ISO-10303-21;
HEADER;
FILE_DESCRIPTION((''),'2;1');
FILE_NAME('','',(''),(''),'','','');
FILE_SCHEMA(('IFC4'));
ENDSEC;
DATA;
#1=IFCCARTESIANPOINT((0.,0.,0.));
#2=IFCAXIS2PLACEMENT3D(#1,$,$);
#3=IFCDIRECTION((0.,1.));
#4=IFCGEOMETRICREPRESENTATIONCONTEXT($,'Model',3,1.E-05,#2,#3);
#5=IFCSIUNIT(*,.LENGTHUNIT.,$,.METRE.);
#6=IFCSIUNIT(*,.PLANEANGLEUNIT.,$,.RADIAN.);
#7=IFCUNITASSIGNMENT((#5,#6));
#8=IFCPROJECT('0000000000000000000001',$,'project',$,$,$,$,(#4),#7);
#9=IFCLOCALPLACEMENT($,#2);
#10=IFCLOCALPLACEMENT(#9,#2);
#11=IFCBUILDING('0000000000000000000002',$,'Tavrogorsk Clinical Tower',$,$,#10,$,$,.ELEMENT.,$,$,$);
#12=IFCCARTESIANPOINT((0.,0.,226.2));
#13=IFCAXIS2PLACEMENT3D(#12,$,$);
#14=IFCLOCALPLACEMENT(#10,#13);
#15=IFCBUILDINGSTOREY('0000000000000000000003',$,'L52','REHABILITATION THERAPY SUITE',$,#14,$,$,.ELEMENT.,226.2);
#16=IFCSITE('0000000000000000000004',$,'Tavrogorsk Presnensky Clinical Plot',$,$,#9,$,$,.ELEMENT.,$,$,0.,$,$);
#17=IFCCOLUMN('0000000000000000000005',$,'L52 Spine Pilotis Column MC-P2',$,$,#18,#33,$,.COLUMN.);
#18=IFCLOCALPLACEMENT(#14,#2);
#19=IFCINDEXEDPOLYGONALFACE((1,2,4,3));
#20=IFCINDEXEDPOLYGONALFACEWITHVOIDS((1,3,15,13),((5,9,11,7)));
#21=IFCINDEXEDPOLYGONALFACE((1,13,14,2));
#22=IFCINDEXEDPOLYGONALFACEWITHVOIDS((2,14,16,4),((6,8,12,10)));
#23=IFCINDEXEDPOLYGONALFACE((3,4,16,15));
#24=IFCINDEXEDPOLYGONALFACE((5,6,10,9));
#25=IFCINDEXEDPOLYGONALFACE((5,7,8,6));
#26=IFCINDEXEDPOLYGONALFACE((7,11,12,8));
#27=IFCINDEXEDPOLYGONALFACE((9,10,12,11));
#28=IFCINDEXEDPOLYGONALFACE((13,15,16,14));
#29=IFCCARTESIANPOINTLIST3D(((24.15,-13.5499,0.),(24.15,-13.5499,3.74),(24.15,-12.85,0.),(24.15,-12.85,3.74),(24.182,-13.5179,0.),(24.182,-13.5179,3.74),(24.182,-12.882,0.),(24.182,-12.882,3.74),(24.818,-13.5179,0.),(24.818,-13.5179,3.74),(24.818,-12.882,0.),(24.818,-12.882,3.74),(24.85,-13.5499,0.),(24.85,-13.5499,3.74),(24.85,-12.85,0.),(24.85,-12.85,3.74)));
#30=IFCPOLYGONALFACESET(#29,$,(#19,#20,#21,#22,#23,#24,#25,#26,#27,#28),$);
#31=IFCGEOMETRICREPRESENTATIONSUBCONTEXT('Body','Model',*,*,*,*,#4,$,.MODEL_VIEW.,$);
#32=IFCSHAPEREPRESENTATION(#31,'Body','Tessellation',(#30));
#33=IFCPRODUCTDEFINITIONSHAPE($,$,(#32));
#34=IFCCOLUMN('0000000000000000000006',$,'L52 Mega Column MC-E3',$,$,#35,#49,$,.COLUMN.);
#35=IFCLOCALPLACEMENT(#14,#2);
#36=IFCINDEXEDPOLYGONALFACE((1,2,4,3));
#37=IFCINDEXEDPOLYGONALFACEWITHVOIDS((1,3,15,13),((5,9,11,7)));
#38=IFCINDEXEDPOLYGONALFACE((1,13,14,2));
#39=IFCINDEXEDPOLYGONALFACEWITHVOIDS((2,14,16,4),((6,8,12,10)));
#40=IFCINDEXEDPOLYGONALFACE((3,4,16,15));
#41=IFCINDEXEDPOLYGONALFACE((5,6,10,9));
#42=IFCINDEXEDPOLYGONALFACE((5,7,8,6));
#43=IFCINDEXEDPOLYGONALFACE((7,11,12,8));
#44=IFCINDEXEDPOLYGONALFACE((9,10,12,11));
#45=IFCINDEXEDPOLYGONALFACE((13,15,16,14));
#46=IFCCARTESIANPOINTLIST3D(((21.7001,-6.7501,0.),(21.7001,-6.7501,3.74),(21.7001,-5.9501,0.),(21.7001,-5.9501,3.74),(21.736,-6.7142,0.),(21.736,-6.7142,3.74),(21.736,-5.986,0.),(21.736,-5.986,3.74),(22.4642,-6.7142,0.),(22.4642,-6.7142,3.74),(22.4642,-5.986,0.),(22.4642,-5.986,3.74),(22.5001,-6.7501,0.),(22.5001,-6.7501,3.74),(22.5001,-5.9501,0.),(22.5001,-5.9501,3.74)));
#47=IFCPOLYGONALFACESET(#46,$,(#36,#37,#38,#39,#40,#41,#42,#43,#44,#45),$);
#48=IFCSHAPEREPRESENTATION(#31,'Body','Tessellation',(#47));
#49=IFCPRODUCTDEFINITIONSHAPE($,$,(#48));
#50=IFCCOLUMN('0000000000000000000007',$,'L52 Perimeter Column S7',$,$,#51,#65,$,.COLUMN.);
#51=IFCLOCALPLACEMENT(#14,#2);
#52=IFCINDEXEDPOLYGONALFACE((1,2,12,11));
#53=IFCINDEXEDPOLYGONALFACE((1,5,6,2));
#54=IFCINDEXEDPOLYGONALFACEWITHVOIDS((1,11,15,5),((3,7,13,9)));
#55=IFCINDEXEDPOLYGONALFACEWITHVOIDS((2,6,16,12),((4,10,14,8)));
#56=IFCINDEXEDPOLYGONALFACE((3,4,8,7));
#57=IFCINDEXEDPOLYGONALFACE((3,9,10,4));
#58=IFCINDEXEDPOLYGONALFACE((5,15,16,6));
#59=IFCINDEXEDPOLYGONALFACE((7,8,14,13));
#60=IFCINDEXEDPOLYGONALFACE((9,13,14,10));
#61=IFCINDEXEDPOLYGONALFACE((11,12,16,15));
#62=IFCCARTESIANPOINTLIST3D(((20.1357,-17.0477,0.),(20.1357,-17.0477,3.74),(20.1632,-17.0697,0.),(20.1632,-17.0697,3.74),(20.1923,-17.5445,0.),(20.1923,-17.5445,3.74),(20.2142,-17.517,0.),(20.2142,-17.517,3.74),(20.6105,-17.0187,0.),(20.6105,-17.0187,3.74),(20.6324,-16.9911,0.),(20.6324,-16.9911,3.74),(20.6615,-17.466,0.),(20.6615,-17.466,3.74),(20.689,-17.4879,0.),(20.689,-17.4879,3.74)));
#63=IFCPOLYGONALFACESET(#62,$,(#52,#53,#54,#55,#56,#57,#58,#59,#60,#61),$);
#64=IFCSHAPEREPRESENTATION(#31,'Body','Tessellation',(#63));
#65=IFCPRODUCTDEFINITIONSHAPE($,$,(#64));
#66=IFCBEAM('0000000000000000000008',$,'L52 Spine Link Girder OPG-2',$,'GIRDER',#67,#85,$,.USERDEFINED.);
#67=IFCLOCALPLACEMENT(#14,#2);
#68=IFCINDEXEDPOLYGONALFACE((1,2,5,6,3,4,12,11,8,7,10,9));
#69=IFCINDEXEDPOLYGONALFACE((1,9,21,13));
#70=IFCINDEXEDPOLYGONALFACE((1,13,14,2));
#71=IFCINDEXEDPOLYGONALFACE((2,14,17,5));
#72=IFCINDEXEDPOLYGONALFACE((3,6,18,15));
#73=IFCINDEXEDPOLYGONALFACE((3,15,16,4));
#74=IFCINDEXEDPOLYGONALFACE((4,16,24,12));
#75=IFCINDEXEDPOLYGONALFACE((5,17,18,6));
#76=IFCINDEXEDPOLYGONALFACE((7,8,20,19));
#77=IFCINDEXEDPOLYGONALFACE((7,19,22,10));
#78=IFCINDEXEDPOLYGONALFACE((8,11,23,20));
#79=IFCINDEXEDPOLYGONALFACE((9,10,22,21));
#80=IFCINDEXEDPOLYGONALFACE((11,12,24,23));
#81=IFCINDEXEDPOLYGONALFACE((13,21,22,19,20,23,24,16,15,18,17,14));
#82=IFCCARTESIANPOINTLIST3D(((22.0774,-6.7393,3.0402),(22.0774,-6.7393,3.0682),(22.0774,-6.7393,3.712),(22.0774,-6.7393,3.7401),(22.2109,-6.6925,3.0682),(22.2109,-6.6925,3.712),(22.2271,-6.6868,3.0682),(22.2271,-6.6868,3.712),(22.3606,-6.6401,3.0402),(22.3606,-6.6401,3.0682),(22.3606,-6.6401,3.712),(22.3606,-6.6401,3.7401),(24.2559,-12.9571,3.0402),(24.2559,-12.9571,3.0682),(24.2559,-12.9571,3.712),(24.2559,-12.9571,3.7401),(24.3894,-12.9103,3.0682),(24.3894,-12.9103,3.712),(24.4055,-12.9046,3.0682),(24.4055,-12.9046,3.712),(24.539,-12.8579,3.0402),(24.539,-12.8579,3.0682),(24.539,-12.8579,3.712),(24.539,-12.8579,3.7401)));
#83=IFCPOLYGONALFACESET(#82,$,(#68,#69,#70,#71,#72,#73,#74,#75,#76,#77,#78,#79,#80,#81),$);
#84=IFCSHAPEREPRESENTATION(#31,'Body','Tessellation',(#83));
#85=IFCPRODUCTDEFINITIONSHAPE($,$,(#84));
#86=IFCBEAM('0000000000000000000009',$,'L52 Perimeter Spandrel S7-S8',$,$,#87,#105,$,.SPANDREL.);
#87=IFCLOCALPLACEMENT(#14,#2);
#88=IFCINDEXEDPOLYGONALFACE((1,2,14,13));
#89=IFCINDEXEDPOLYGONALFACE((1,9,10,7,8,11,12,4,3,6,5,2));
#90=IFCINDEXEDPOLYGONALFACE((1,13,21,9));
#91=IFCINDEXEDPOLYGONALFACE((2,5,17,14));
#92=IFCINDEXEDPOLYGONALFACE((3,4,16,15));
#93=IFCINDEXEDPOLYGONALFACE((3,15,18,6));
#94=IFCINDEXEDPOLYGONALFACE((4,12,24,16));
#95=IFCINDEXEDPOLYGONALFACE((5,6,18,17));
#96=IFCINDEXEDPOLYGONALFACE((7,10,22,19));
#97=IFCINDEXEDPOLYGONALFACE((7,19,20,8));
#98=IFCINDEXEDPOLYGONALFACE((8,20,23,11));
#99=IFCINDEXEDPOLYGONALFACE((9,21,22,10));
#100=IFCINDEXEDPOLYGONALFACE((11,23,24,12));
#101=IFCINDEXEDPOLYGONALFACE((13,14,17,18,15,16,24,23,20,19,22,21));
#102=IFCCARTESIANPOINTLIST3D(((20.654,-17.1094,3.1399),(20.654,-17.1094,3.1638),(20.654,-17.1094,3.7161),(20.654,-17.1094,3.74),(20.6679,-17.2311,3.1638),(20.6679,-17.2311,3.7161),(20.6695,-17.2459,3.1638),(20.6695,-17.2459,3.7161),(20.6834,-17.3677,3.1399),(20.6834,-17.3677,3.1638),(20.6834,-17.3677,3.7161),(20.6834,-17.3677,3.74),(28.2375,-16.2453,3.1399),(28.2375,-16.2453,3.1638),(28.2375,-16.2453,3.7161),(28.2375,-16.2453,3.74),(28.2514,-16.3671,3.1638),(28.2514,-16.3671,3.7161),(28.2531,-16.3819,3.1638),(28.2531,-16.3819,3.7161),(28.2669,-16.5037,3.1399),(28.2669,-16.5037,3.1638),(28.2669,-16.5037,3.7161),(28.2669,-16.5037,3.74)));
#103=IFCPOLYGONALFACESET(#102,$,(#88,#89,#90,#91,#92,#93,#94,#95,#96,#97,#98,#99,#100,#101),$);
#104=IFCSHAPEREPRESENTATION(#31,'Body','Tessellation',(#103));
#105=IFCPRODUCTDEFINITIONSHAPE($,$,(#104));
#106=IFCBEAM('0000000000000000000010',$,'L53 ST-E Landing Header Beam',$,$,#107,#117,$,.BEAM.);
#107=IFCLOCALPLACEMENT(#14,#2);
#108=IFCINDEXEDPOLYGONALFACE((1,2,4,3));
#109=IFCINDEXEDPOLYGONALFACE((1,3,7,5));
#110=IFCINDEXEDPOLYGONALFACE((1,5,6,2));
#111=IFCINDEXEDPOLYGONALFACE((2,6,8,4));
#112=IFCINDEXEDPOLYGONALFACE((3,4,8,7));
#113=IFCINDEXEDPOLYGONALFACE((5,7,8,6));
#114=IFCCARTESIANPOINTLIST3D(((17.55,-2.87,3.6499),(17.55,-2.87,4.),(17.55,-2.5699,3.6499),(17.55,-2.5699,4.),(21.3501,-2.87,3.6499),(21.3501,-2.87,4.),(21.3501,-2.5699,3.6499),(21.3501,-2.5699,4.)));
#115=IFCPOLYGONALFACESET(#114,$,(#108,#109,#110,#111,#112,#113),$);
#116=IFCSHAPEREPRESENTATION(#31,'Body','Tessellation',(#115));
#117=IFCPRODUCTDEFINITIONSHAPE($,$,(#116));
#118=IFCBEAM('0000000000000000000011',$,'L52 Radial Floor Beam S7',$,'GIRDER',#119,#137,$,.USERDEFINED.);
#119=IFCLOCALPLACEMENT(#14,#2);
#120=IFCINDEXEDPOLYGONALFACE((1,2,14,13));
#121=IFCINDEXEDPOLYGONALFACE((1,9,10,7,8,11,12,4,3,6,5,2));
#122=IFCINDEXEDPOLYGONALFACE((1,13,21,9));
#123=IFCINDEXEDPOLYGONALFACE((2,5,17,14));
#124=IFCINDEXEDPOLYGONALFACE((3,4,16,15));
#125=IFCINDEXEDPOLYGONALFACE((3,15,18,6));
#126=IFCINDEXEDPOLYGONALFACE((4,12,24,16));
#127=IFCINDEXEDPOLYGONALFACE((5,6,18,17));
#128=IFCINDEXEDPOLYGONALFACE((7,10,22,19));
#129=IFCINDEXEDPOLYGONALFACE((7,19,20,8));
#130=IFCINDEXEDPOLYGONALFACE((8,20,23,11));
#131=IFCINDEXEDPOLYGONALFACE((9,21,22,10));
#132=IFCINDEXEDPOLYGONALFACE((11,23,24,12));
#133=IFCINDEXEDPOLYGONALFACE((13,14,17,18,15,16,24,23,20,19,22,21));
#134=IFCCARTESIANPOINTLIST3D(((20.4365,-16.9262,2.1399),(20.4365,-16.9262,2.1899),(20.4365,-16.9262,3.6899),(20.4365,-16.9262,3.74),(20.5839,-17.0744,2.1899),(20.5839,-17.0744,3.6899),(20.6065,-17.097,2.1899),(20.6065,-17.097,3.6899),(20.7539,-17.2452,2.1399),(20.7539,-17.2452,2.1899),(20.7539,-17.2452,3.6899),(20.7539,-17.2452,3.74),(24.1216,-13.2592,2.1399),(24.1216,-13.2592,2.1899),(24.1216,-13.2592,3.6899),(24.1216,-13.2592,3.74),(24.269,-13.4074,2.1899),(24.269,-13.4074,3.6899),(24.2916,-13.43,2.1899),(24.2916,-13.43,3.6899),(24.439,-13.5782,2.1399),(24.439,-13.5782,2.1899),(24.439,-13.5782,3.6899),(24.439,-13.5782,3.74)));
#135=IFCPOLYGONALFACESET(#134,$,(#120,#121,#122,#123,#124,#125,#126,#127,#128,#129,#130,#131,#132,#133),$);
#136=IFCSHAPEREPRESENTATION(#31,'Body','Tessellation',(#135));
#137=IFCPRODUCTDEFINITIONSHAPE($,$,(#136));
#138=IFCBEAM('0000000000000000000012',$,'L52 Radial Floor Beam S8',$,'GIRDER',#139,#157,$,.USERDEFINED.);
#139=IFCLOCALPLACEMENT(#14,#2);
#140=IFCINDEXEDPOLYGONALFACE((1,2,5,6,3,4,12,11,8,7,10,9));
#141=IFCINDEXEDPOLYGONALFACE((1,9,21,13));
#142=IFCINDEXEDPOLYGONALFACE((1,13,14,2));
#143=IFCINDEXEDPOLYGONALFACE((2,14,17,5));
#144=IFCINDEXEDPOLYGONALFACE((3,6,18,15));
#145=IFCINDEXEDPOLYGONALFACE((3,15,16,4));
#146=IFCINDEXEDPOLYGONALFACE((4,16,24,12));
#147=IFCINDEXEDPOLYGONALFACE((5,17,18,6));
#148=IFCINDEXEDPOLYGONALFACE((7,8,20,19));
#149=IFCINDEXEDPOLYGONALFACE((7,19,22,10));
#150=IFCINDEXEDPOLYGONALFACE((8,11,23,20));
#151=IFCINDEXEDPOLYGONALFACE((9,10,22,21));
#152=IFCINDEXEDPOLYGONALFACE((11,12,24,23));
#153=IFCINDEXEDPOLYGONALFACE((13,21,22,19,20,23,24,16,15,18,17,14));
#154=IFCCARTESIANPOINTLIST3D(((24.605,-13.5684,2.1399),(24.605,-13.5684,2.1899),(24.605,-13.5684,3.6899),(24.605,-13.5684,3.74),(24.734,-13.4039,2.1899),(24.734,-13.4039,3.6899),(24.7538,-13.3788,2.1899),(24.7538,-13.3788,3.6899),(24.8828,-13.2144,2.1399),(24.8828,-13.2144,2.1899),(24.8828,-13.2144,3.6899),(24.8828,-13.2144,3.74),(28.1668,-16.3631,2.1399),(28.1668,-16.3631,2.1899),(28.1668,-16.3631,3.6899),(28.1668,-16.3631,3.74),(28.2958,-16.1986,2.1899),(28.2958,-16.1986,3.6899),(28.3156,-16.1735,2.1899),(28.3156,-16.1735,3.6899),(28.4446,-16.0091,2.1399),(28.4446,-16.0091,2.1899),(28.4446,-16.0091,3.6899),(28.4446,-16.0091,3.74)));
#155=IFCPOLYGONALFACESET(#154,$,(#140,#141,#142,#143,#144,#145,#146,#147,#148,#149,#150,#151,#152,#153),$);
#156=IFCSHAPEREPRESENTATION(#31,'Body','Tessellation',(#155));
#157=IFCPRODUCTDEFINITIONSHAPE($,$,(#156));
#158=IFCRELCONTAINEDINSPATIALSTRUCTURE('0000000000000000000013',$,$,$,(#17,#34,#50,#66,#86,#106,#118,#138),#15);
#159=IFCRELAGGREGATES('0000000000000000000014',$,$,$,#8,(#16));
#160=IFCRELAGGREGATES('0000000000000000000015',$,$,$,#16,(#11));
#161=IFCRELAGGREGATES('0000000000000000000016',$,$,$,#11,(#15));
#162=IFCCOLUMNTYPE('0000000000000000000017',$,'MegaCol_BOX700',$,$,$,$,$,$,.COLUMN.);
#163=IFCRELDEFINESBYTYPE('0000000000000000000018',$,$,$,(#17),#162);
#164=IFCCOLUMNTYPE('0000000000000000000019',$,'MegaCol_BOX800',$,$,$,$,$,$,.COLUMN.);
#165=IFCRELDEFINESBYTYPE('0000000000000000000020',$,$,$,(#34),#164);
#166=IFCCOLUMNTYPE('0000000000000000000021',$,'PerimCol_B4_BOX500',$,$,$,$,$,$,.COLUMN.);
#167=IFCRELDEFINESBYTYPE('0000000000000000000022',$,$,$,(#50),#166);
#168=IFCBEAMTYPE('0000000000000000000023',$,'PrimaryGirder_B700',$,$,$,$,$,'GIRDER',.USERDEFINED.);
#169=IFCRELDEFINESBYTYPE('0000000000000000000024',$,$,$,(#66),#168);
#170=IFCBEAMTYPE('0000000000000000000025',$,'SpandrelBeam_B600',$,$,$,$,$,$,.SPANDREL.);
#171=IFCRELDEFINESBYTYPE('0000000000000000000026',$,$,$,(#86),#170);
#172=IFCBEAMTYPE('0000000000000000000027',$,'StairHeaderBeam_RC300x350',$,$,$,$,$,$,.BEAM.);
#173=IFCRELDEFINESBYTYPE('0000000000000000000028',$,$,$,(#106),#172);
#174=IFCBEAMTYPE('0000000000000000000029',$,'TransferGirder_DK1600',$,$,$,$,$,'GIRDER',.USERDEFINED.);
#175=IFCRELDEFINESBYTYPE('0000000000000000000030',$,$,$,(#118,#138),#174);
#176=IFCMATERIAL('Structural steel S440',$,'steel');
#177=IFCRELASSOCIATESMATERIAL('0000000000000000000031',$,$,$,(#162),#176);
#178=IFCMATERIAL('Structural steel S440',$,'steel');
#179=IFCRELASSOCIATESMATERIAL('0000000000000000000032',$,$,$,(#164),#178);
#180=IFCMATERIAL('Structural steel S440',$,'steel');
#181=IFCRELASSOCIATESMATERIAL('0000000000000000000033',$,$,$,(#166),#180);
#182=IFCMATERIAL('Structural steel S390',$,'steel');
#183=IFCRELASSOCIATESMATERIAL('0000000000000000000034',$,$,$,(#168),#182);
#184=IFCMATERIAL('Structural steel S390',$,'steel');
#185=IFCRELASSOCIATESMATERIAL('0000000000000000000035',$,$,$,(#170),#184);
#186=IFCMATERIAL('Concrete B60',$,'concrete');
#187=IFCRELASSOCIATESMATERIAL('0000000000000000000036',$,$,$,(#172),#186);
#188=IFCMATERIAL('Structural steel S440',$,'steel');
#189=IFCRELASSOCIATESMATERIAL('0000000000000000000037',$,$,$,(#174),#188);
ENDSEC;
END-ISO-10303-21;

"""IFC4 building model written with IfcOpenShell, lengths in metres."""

from ifc_helpers import new_model, si_unit, direction, frame, origin, origin_2d, place, context, subcontext, project, spatial, rectangle, hollow_rectangle, i_section, extrude, material, material_profile, profile_set, type_object, element, save


model = new_model("IFC4")

# Units and contexts
model_context = context("Model", 3, precision=1e-05, world=origin(), true_north=direction((0.0, 1.0)))
body_context = subcontext(model_context, "Body", "Model", "MODEL_VIEW")
ifc_project = project(units=[si_unit("LENGTHUNIT", "METRE"), si_unit("PLANEANGLEUNIT", "RADIAN")], contexts=[model_context])

# Site, building, storey
site_placement = place(None, origin())
site = spatial("IfcSite", under=ifc_project, at=site_placement, Name="Tavrogorsk Presnensky Clinical Plot", CompositionType="ELEMENT", RefElevation=0.0)
building_placement = place(site_placement, origin())
building = spatial("IfcBuilding", under=site, at=building_placement, Name="Tavrogorsk Clinical Tower", CompositionType="ELEMENT")
storey_placement = place(building_placement, frame((0.0, 0.0, 226.2)))
storey = spatial("IfcBuildingStorey", under=building, at=storey_placement, Name="L52", Description="REHABILITATION THERAPY SUITE", CompositionType="ELEMENT", Elevation=226.2)

# Columns
ifc_material_1 = material(Name="Structural steel S440", Category="steel")
ifc_material_profile_1 = material_profile(ifc_material_1, hollow_rectangle(XDim=0.7, YDim=0.7, WallThickness=0.032, at=origin_2d()), Name="BOX-700x700x32")
ifc_profile_set_1 = profile_set([ifc_material_profile_1], Name="Structural steel S440")
column_type_1 = type_object("IfcColumnType", Name="MegaCol_BOX700", PredefinedType="COLUMN", material=ifc_profile_set_1)
column_1_placement = place(storey_placement, frame((24.5, -13.2, 0.0), z_axis=(0.0, 0.0, 1.0), x_axis=(1.0, 0.0, 0.0)))
element("IfcColumn", 1, at=column_1_placement, inside=storey, type_object=column_type_1, Name="L52 Spine Pilotis Column MC-P2", PredefinedType="COLUMN", context=body_context, shape_type="SweptSolid", body=[
    extrude(hollow_rectangle(XDim=0.7, YDim=0.7, WallThickness=0.032, at=origin_2d()), origin(), (0.0, 0.0, 1.0), 3.74),
])
ifc_material_2 = material(Name="Structural steel S440", Category="steel")
ifc_material_profile_2 = material_profile(ifc_material_2, hollow_rectangle(XDim=0.8, YDim=0.8, WallThickness=0.0359, at=origin_2d()), Name="BOX-800x800x36")
ifc_profile_set_2 = profile_set([ifc_material_profile_2], Name="Structural steel S440")
column_type_2 = type_object("IfcColumnType", Name="MegaCol_BOX800", PredefinedType="COLUMN", material=ifc_profile_set_2)
column_2_placement = place(storey_placement, frame((22.1001, -6.3501, 0.0), z_axis=(0.0, 0.0, 1.0), x_axis=(1.0, 0.0, 0.0)))
element("IfcColumn", 2, at=column_2_placement, inside=storey, type_object=column_type_2, Name="L52 Mega Column MC-E3", PredefinedType="COLUMN", context=body_context, shape_type="SweptSolid", body=[
    extrude(hollow_rectangle(XDim=0.8, YDim=0.8, WallThickness=0.0359, at=origin_2d()), origin(), (0.0, 0.0, 1.0), 3.74),
])
ifc_material_3 = material(Name="Structural steel S440", Category="steel")
ifc_material_profile_3 = material_profile(ifc_material_3, hollow_rectangle(XDim=0.5, YDim=0.5, WallThickness=0.0249, at=origin_2d()), Name="BOX-500x500x25")
ifc_profile_set_3 = profile_set([ifc_material_profile_3], Name="Structural steel S440")
column_type_3 = type_object("IfcColumnType", Name="PerimCol_B4_BOX500", PredefinedType="COLUMN", material=ifc_profile_set_3)
column_3_placement = place(storey_placement, frame((20.4124, -17.2678, 0.0), z_axis=(0.0, 0.0, 1.0), x_axis=(0.993572, 0.113203, 0.0)))
element("IfcColumn", 3, at=column_3_placement, inside=storey, type_object=column_type_3, Name="L52 Perimeter Column S7", PredefinedType="COLUMN", context=body_context, shape_type="SweptSolid", body=[
    extrude(hollow_rectangle(XDim=0.5, YDim=0.5, WallThickness=0.0249, at=origin_2d()), origin(), (0.0, 0.0, 1.0), 3.74),
])

# Beams
ifc_material_4 = material(Name="Structural steel S390", Category="steel")
ifc_material_profile_4 = material_profile(ifc_material_4, i_section(OverallWidth=0.3, OverallDepth=0.7, WebThickness=0.0171, FlangeThickness=0.0281, at=origin_2d()), Name="B-700x300x17x28")
ifc_profile_set_4 = profile_set([ifc_material_profile_4], Name="Structural steel S390")
beam_type_1 = type_object("IfcBeamType", Name="PrimaryGirder_B700", ElementType="GIRDER", PredefinedType="USERDEFINED", material=ifc_profile_set_4)
beam_1_placement = place(storey_placement, frame((24.3975, -12.9075, 3.3901), z_axis=(-0.330654, 0.943752, 0.0), x_axis=(-0.943752, -0.330654, 0.0)))
element("IfcBeam", 4, at=beam_1_placement, inside=storey, type_object=beam_type_1, Name="L52 Spine Link Girder OPG-2", ObjectType="GIRDER", PredefinedType="USERDEFINED", context=body_context, shape_type="SweptSolid", body=[
    extrude(i_section(OverallWidth=0.3, OverallDepth=0.7, WebThickness=0.0171, FlangeThickness=0.0281, at=origin_2d()), origin(), (0.0, 0.0, 1.0), 6.5884),
])
ifc_material_5 = material(Name="Structural steel S390", Category="steel")
ifc_material_profile_5 = material_profile(ifc_material_5, i_section(OverallWidth=0.26, OverallDepth=0.6001, WebThickness=0.0149, FlangeThickness=0.0239, at=origin_2d()), Name="B-600x260x15x24")
ifc_profile_set_5 = profile_set([ifc_material_profile_5], Name="Structural steel S390")
beam_type_2 = type_object("IfcBeamType", Name="SpandrelBeam_B600", PredefinedType="SPANDREL", material=ifc_profile_set_5)
beam_2_placement = place(storey_placement, frame((20.6687, -17.2385, 3.4399), z_axis=(0.993572, 0.113201, 0.0), x_axis=(-0.113201, 0.993572, 0.0)))
element("IfcBeam", 5, at=beam_2_placement, inside=storey, type_object=beam_type_2, Name="L52 Perimeter Spandrel S7-S8", PredefinedType="SPANDREL", context=body_context, shape_type="SweptSolid", body=[
    extrude(i_section(OverallWidth=0.26, OverallDepth=0.6001, WebThickness=0.0149, FlangeThickness=0.0239, at=origin_2d()), origin(), (0.0, 0.0, 1.0), 7.6326),
])
ifc_material_6 = material(Name="Concrete B60", Category="concrete")
ifc_material_profile_6 = material_profile(ifc_material_6, rectangle(XDim=0.3, YDim=0.3501, at=origin_2d()), Name="RC-SHB-300x350")
ifc_profile_set_6 = profile_set([ifc_material_profile_6], Name="Concrete B60")
beam_type_3 = type_object("IfcBeamType", Name="StairHeaderBeam_RC300x350", PredefinedType="BEAM", material=ifc_profile_set_6)
beam_3_placement = place(storey_placement, frame((17.55, -2.72, 3.825), z_axis=(1.0, 0.0, 0.0), x_axis=(0.0, 1.0, 0.0)))
element("IfcBeam", 6, at=beam_3_placement, inside=storey, type_object=beam_type_3, Name="L53 ST-E Landing Header Beam", PredefinedType="BEAM", context=body_context, shape_type="SweptSolid", body=[
    extrude(rectangle(XDim=0.3, YDim=0.3501, at=origin_2d()), origin(), (0.0, 0.0, 1.0), 3.8),
])
ifc_material_7 = material(Name="Structural steel S440", Category="steel")
ifc_material_profile_7 = material_profile(ifc_material_7, i_section(OverallWidth=0.45, OverallDepth=1.6001, WebThickness=0.032, FlangeThickness=0.05, at=origin_2d()), Name="DK-1600x450x32x50")
ifc_profile_set_7 = profile_set([ifc_material_profile_7], Name="Structural steel S440")
beam_type_4 = type_object("IfcBeamType", Name="TransferGirder_DK1600", ElementType="GIRDER", PredefinedType="USERDEFINED", material=ifc_profile_set_7)
beam_4_placement = place(storey_placement, frame((24.2803, -13.4187, 2.9399), z_axis=(-0.708842, -0.705367, 0.0), x_axis=(0.705367, -0.708842, 0.0)))
element("IfcBeam", 7, at=beam_4_placement, inside=storey, type_object=beam_type_4, Name="L52 Radial Floor Beam S7", ObjectType="GIRDER", PredefinedType="USERDEFINED", context=body_context, shape_type="SweptSolid", body=[
    extrude(i_section(OverallWidth=0.45, OverallDepth=1.6001, WebThickness=0.032, FlangeThickness=0.05, at=origin_2d()), origin(), (0.0, 0.0, 1.0), 5.1987),
])
beam_5_placement = place(storey_placement, frame((24.7439, -13.3914, 2.9399), z_axis=(0.786732, -0.617295, 0.0), x_axis=(0.617295, 0.786732, 0.0)))
element("IfcBeam", 8, at=beam_5_placement, inside=storey, type_object=beam_type_4, Name="L52 Radial Floor Beam S8", ObjectType="GIRDER", PredefinedType="USERDEFINED", context=body_context, shape_type="SweptSolid", body=[
    extrude(i_section(OverallWidth=0.45, OverallDepth=1.6001, WebThickness=0.032, FlangeThickness=0.05, at=origin_2d()), origin(), (0.0, 0.0, 1.0), 4.5273),
])

save(model, "model.ifc")
